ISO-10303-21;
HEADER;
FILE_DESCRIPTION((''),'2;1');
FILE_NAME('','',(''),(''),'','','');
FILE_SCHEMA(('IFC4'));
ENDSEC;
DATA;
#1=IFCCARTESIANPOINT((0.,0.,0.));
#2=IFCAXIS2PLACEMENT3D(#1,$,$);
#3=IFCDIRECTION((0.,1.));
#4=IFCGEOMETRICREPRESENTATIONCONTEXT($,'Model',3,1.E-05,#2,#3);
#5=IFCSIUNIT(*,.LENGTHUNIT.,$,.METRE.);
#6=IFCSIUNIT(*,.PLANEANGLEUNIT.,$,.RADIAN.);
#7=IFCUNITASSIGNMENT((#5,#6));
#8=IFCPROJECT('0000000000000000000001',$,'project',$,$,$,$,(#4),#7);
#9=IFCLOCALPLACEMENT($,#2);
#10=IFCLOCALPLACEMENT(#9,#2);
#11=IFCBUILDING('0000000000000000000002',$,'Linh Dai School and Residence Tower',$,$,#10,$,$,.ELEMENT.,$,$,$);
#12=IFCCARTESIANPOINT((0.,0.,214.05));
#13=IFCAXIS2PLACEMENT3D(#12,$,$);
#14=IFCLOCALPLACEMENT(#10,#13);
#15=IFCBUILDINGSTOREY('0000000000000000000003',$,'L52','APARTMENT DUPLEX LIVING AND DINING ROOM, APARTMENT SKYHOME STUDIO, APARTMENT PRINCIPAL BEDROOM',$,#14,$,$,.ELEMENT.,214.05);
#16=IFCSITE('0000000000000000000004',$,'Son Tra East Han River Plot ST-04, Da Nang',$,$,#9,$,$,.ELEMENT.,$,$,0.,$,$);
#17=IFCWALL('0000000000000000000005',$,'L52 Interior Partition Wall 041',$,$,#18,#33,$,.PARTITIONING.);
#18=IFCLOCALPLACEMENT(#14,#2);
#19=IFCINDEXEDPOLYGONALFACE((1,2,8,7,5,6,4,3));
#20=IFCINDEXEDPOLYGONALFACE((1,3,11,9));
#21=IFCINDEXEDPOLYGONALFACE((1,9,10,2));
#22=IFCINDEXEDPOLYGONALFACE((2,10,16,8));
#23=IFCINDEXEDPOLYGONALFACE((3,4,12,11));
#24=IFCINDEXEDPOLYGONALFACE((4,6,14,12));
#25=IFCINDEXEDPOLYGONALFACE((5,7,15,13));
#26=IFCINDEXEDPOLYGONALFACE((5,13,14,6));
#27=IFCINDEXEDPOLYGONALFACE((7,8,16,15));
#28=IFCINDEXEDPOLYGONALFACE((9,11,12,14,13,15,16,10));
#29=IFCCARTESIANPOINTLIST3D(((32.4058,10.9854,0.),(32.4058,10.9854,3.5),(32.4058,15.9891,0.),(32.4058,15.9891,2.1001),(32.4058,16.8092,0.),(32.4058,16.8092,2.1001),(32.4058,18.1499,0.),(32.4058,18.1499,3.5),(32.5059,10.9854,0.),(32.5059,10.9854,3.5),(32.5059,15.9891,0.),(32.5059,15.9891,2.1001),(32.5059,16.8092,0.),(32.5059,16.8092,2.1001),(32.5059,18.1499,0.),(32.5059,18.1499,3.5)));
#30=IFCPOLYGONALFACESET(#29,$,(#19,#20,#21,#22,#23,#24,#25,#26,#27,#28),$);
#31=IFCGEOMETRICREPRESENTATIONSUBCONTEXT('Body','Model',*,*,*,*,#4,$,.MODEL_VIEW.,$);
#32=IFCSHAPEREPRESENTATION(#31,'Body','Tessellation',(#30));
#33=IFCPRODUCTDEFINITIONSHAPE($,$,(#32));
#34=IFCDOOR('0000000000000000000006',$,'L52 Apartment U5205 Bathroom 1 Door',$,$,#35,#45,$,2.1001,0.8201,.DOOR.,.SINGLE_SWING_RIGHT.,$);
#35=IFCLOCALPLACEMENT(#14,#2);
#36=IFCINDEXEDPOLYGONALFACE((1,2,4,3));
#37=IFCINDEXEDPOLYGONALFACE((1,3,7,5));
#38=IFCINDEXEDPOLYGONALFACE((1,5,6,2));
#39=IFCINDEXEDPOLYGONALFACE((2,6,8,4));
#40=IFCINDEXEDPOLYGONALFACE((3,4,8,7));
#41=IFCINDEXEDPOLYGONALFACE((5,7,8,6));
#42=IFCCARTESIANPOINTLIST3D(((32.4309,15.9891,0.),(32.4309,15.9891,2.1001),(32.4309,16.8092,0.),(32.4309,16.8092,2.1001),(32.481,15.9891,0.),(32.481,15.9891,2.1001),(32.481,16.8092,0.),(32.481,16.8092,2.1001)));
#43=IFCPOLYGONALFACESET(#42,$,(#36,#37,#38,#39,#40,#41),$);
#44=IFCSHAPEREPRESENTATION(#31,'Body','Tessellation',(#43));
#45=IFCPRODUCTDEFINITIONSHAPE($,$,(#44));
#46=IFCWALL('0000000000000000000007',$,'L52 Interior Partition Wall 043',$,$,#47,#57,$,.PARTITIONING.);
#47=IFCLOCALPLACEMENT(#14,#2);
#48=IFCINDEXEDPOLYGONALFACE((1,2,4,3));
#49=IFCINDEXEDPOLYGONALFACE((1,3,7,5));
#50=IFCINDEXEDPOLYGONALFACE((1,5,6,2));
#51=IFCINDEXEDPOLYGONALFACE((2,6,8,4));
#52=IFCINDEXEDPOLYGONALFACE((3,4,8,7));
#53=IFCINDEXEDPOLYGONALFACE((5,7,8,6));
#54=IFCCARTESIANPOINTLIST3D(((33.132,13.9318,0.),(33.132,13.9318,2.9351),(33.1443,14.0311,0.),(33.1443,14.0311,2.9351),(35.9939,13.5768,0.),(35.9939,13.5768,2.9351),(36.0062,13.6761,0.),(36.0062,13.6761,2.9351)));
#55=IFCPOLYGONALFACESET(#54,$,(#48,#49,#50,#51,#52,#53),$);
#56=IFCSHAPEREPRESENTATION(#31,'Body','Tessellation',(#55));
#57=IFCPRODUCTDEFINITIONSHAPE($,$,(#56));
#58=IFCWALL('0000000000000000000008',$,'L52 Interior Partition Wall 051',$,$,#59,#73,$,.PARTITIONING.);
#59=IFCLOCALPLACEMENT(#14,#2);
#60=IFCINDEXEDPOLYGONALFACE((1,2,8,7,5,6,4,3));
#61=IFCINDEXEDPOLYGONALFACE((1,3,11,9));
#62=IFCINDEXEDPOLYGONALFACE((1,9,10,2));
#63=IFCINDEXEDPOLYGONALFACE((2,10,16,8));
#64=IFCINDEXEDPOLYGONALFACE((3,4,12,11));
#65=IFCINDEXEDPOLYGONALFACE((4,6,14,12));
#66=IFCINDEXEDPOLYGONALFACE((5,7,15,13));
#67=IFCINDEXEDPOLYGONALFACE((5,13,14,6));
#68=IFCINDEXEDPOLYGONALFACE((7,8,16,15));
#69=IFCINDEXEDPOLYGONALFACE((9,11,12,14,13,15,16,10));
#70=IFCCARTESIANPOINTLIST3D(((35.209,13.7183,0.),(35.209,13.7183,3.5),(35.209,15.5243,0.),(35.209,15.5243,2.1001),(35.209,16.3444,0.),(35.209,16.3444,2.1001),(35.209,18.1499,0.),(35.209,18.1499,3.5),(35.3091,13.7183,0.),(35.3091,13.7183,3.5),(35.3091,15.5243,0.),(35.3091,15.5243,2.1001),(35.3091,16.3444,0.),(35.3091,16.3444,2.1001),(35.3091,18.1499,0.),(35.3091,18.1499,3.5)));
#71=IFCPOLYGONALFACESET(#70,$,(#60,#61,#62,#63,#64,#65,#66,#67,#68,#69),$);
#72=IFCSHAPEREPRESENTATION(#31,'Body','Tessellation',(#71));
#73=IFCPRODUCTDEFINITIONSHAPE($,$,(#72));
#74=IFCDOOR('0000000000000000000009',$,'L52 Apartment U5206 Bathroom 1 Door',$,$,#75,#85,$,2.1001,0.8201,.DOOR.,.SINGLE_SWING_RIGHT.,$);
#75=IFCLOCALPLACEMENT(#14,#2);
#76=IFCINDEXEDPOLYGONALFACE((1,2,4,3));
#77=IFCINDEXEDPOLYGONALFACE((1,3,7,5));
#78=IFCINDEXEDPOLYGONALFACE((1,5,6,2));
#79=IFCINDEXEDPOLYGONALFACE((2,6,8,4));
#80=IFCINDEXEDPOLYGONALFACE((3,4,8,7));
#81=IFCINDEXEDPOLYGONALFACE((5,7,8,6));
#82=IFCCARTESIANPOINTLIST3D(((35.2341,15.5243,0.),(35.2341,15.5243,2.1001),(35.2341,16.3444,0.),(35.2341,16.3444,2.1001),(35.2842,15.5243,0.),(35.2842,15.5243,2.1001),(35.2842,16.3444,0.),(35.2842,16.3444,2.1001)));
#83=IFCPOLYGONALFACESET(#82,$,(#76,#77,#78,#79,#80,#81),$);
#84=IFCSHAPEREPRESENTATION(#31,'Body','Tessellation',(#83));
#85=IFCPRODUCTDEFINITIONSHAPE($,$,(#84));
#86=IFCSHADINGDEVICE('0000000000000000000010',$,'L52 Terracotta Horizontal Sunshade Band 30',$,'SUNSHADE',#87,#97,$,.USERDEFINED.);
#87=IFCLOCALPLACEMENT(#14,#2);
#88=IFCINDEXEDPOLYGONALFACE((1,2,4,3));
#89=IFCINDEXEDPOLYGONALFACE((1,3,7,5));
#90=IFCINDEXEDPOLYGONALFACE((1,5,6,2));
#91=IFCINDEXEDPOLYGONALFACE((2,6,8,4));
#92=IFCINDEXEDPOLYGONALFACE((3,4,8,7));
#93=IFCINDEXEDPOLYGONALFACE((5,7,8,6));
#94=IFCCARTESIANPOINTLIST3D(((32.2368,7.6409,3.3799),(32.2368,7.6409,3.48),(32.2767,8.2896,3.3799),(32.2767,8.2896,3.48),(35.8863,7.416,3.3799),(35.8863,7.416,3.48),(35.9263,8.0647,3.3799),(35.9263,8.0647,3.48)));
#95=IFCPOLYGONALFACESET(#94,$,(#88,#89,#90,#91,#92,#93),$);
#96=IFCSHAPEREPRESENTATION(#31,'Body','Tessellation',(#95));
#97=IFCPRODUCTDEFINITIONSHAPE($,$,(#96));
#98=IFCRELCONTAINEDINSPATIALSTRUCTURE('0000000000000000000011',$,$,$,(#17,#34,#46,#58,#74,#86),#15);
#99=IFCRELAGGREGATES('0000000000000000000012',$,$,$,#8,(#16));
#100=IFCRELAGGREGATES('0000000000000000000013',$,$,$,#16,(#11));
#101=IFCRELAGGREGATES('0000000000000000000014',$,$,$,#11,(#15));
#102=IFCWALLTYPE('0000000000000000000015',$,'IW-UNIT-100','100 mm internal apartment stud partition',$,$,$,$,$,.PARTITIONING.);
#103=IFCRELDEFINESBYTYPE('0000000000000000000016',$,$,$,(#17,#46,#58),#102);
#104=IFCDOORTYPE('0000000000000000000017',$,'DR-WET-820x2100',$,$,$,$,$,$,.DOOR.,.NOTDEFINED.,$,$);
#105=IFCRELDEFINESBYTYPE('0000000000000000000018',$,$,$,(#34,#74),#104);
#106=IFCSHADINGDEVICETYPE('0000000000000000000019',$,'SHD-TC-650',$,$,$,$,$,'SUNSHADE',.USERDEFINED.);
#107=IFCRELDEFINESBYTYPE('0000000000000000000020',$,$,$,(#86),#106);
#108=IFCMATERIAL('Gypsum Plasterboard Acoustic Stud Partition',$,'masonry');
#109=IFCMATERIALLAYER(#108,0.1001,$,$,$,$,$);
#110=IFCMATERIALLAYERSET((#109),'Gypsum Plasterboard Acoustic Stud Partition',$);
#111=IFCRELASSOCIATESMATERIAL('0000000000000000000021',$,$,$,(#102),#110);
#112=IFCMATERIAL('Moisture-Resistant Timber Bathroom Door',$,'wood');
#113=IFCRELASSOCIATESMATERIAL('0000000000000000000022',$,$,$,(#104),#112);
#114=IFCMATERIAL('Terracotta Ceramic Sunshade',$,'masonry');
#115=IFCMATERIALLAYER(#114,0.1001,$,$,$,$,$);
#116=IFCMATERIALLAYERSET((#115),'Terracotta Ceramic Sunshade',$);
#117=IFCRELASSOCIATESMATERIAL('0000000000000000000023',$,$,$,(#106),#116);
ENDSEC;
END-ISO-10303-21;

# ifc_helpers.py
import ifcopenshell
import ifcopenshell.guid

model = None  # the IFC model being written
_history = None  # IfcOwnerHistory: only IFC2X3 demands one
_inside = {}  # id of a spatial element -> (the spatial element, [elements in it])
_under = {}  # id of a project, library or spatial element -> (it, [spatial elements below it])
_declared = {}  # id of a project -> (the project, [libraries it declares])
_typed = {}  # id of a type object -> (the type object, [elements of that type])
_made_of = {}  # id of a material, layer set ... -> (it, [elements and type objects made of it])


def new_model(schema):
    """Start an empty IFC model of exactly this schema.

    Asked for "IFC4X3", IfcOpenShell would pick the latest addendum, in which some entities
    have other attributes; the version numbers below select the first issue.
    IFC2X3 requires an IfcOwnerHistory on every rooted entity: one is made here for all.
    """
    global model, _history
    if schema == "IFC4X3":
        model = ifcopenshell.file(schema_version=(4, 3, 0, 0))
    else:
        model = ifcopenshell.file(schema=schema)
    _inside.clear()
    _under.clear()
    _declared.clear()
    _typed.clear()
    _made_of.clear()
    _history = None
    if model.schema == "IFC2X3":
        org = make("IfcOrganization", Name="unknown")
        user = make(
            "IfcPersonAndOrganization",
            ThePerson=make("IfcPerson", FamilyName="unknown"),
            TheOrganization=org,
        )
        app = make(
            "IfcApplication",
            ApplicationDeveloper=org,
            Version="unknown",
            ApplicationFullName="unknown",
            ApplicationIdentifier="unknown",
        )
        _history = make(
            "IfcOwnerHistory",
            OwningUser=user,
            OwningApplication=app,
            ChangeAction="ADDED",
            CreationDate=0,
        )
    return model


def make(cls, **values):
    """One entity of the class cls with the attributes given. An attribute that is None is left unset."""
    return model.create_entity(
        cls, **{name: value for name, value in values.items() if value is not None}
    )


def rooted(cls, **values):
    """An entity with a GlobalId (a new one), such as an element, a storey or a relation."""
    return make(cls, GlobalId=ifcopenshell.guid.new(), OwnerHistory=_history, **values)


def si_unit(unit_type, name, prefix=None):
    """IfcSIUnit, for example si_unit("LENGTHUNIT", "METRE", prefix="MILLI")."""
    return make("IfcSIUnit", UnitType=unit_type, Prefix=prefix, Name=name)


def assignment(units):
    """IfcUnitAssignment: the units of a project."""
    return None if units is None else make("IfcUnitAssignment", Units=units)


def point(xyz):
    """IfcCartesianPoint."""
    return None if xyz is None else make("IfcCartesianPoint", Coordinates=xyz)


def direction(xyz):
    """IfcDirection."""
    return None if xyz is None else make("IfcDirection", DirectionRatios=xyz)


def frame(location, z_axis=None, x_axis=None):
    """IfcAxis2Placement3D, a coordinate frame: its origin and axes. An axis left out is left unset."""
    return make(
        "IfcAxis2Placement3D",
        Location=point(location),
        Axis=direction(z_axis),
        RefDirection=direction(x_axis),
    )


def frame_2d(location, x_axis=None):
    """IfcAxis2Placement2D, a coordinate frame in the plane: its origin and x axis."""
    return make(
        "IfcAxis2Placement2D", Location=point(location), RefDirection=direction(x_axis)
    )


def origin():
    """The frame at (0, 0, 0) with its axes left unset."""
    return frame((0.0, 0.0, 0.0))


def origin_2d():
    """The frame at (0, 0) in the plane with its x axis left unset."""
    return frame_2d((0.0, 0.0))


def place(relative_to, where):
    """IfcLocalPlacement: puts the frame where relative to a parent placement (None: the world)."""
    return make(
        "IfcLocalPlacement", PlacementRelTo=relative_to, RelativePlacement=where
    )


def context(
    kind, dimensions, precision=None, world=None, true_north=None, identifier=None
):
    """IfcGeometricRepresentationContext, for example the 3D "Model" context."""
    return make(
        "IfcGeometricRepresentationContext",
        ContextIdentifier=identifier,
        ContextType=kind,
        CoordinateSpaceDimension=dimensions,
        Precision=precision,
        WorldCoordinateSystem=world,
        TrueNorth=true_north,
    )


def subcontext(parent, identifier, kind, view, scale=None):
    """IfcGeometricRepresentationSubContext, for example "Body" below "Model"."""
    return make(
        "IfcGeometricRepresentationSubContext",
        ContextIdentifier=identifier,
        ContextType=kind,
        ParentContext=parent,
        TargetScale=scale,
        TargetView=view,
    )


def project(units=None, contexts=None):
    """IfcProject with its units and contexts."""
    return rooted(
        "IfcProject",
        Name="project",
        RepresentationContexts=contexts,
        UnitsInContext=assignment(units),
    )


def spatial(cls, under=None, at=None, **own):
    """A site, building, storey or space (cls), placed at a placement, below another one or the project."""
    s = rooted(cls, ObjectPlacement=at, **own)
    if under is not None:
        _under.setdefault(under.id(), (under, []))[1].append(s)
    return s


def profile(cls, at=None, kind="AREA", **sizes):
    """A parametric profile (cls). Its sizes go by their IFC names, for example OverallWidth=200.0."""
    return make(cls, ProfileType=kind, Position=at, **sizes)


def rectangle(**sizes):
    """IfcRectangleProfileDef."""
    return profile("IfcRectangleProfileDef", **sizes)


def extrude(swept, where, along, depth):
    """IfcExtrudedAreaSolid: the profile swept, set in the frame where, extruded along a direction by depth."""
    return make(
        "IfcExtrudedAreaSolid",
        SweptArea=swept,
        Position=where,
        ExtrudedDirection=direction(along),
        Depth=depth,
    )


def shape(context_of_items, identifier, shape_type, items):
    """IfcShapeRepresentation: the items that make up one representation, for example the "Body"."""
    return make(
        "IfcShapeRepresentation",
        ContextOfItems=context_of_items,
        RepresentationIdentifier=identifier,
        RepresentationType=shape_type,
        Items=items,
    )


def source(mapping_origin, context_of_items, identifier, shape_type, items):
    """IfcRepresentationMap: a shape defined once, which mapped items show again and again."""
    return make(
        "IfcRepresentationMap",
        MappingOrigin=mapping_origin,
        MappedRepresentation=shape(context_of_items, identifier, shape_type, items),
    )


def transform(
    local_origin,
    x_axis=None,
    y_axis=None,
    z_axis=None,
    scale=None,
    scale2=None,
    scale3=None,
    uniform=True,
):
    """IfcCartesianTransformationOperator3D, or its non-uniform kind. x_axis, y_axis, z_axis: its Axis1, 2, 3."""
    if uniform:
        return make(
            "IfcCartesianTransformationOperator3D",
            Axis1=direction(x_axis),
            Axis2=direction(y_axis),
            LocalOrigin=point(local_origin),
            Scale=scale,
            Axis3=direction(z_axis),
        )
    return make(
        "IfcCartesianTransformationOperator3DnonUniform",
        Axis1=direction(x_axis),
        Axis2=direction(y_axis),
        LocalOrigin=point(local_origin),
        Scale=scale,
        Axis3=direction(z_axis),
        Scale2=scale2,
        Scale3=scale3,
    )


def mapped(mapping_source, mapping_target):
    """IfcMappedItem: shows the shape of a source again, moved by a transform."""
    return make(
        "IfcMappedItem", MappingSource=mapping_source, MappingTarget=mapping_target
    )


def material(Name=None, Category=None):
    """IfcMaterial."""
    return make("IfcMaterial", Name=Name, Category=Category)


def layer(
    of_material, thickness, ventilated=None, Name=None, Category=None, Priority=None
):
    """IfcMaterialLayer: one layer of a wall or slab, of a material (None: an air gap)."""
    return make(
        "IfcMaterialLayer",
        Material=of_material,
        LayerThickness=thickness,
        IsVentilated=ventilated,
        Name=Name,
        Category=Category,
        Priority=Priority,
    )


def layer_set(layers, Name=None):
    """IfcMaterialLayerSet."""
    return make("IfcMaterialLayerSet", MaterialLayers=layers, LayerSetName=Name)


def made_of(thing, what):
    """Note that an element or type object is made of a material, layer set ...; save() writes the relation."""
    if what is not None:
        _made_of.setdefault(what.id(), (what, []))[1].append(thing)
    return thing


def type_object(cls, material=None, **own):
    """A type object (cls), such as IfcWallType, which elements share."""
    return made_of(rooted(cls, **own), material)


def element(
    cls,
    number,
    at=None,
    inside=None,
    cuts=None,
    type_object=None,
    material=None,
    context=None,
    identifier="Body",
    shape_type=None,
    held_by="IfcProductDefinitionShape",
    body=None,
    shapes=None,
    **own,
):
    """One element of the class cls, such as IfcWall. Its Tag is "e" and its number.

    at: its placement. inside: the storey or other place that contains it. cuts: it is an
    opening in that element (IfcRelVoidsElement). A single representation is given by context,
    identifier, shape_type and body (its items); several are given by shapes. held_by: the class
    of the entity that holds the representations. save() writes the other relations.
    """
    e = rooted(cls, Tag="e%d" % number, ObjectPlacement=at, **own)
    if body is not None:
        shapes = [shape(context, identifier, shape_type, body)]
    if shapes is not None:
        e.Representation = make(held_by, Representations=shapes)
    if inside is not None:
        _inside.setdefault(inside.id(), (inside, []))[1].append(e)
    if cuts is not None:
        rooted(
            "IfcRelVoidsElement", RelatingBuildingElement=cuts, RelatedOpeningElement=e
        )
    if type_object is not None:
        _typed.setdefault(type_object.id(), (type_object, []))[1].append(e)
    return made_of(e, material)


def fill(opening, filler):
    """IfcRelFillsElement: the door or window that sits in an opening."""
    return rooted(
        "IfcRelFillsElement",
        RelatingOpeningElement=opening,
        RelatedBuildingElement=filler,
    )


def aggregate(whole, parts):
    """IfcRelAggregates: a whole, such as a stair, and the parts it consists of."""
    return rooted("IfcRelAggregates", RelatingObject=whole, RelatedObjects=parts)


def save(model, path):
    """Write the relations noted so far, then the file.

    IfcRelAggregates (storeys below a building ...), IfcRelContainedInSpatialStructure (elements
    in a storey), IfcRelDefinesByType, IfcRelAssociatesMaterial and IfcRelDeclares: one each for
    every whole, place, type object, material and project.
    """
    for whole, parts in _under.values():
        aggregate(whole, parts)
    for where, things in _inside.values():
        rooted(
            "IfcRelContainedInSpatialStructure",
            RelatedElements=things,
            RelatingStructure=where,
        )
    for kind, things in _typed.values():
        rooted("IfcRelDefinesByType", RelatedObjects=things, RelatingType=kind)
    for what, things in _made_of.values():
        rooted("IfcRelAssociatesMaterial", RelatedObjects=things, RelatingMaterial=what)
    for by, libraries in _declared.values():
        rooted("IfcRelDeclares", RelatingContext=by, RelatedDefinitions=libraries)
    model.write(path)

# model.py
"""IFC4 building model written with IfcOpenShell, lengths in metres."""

from ifc_helpers import new_model, si_unit, direction, frame, frame_2d, origin, origin_2d, place, context, subcontext, project, spatial, rectangle, extrude, source, transform, mapped, material, layer, layer_set, type_object, element, fill, save


model = new_model("IFC4")

# Units and contexts
model_context = context("Model", 3, precision=1e-05, world=origin(), true_north=direction((0.0, 1.0)))
body_context = subcontext(model_context, "Body", "Model", "MODEL_VIEW")
ifc_project = project(units=[si_unit("LENGTHUNIT", "METRE"), si_unit("PLANEANGLEUNIT", "RADIAN")], contexts=[model_context])

# Site, building, storey
site_placement = place(None, origin())
site = spatial("IfcSite", under=ifc_project, at=site_placement, Name="Son Tra East Han River Plot ST-04, Da Nang", CompositionType="ELEMENT", RefElevation=0.0)
building_placement = place(site_placement, origin())
building = spatial("IfcBuilding", under=site, at=building_placement, Name="Linh Dai School and Residence Tower", CompositionType="ELEMENT")
storey_placement = place(building_placement, frame((0.0, 0.0, 214.05)))
storey = spatial("IfcBuildingStorey", under=building, at=storey_placement, Name="L52", Description="APARTMENT DUPLEX LIVING AND DINING ROOM, APARTMENT SKYHOME STUDIO, APARTMENT PRINCIPAL BEDROOM", CompositionType="ELEMENT", Elevation=214.05)

# Shared definitions
ifc_material_1 = material(Name="Gypsum Plasterboard Acoustic Stud Partition", Category="masonry")
ifc_layer_1 = layer(ifc_material_1, 0.1001)
ifc_layer_set_1 = layer_set([ifc_layer_1], Name="Gypsum Plasterboard Acoustic Stud Partition")
wall_type_1 = type_object("IfcWallType", Name="IW-UNIT-100", Description="100 mm internal apartment stud partition", PredefinedType="PARTITIONING", material=ifc_layer_set_1)

# Wall, opening, door
wall_1_placement = place(storey_placement, frame((32.4558, 10.9854, 0.0), z_axis=(0.0, 0.0, 1.0), x_axis=(0.0, 1.0, 0.0)))
wall_1 = element("IfcWall", 1, at=wall_1_placement, inside=storey, type_object=wall_type_1, Name="L52 Interior Partition Wall 041", PredefinedType="PARTITIONING", context=body_context, shape_type="SweptSolid", body=[
    extrude(rectangle(XDim=7.1646, YDim=0.1001, at=frame_2d((3.5823, 0.0))), origin(), (0.0, 0.0, 1.0), 3.5),
])
opening_1_placement = place(wall_1_placement, frame((5.0037, 0.0, 0.0)))
opening_1 = element("IfcOpeningElement", 2, at=opening_1_placement, cuts=wall_1, PredefinedType="OPENING", context=body_context, shape_type="SweptSolid", body=[
    extrude(rectangle(XDim=0.8201, YDim=2.1001, at=origin_2d()), frame((0.4102, 0.0601, 1.05), z_axis=(0.0, -1.0, 0.0), x_axis=(1.0, 0.0, 0.0)), (0.0, 0.0, 1.0), 0.1201),
])
ifc_material_2 = material(Name="Moisture-Resistant Timber Bathroom Door", Category="wood")
door_type_1 = type_object("IfcDoorType", Name="DR-WET-820x2100", OperationType="NOTDEFINED", PredefinedType="DOOR", material=ifc_material_2)
shared_shape_1 = source(origin(), body_context, "Body", "SweptSolid", [
    extrude(rectangle(XDim=0.8201, YDim=2.1001, at=origin_2d()), frame((0.4102, 0.0249, 1.05), z_axis=(0.0, -1.0, 0.0), x_axis=(1.0, 0.0, 0.0)), (0.0, 0.0, 1.0), 0.05),
])
door_1_placement = place(opening_1_placement, origin())
door_1 = element("IfcDoor", 3, at=door_1_placement, inside=storey, type_object=door_type_1, Name="L52 Apartment U5205 Bathroom 1 Door", OperationType="SINGLE_SWING_RIGHT", OverallHeight=2.1001, OverallWidth=0.8201, PredefinedType="DOOR", context=body_context, shape_type="MappedRepresentation", body=[
    mapped(shared_shape_1, transform((0.0, 0.0, 0.0), x_axis=(1.0, 0.0, 0.0), y_axis=(0.0, 1.0, 0.0), z_axis=(0.0, 0.0, 1.0), scale=1.0)),
])
fill(opening_1, door_1)

# Wall
wall_2_placement = place(storey_placement, frame((33.1382, 13.9814, 0.0), z_axis=(0.0, 0.0, 1.0), x_axis=(0.992395, -0.123097, 0.0)))
element("IfcWall", 4, at=wall_2_placement, inside=storey, type_object=wall_type_1, Name="L52 Interior Partition Wall 043", PredefinedType="PARTITIONING", context=body_context, shape_type="SweptSolid", body=[
    extrude(rectangle(XDim=2.8838, YDim=0.1001, at=frame_2d((1.4419, 0.0))), origin(), (0.0, 0.0, 1.0), 2.9351),
])

# Wall, opening, door
wall_3_placement = place(storey_placement, frame((35.259, 13.7183, 0.0), z_axis=(0.0, 0.0, 1.0), x_axis=(0.0, 1.0, 0.0)))
wall_3 = element("IfcWall", 5, at=wall_3_placement, inside=storey, type_object=wall_type_1, Name="L52 Interior Partition Wall 051", PredefinedType="PARTITIONING", context=body_context, shape_type="SweptSolid", body=[
    extrude(rectangle(XDim=4.4316, YDim=0.1001, at=frame_2d((2.2158, 0.0))), origin(), (0.0, 0.0, 1.0), 3.5),
])
opening_2_placement = place(wall_3_placement, frame((1.8059, 0.0, 0.0)))
opening_2 = element("IfcOpeningElement", 6, at=opening_2_placement, cuts=wall_3, PredefinedType="OPENING", context=body_context, shape_type="SweptSolid", body=[
    extrude(rectangle(XDim=0.8201, YDim=2.1001, at=origin_2d()), frame((0.4102, 0.0601, 1.05), z_axis=(0.0, -1.0, 0.0), x_axis=(1.0, 0.0, 0.0)), (0.0, 0.0, 1.0), 0.1201),
])
door_2_placement = place(opening_2_placement, origin())
door_2 = element("IfcDoor", 7, at=door_2_placement, inside=storey, type_object=door_type_1, Name="L52 Apartment U5206 Bathroom 1 Door", OperationType="SINGLE_SWING_RIGHT", OverallHeight=2.1001, OverallWidth=0.8201, PredefinedType="DOOR", context=body_context, shape_type="MappedRepresentation", body=[
    mapped(shared_shape_1, transform((0.0, 0.0, 0.0), x_axis=(1.0, 0.0, 0.0), y_axis=(0.0, 1.0, 0.0), z_axis=(0.0, 0.0, 1.0), scale=1.0)),
])
fill(opening_2, door_2)

# Shading device
ifc_material_3 = material(Name="Terracotta Ceramic Sunshade", Category="masonry")
ifc_layer_2 = layer(ifc_material_3, 0.1001)
ifc_layer_set_2 = layer_set([ifc_layer_2], Name="Terracotta Ceramic Sunshade")
shading_device_type = type_object("IfcShadingDeviceType", Name="SHD-TC-650", ElementType="SUNSHADE", PredefinedType="USERDEFINED", material=ifc_layer_set_2)
shared_shape_2 = source(origin(), body_context, "Body", "SweptSolid", [
    extrude(rectangle(XDim=3.6565, YDim=0.6499, at=origin_2d()), origin(), (0.0, 0.0, 1.0), 0.1001),
])
shading_device_placement = place(storey_placement, frame((34.0815, 7.8528, 3.3799), z_axis=(0.0, 0.0, 1.0), x_axis=(-0.998107, 0.061504, 0.0)))
element("IfcShadingDevice", 8, at=shading_device_placement, inside=storey, type_object=shading_device_type, Name="L52 Terracotta Horizontal Sunshade Band 30", ObjectType="SUNSHADE", PredefinedType="USERDEFINED", context=body_context, shape_type="MappedRepresentation", body=[
    mapped(shared_shape_2, transform((0.0, 0.0, 0.0), x_axis=(1.0, 0.0, 0.0), y_axis=(0.0, 1.0, 0.0), z_axis=(0.0, 0.0, 1.0), scale=1.0)),
])

save(model, "model.ifc")
